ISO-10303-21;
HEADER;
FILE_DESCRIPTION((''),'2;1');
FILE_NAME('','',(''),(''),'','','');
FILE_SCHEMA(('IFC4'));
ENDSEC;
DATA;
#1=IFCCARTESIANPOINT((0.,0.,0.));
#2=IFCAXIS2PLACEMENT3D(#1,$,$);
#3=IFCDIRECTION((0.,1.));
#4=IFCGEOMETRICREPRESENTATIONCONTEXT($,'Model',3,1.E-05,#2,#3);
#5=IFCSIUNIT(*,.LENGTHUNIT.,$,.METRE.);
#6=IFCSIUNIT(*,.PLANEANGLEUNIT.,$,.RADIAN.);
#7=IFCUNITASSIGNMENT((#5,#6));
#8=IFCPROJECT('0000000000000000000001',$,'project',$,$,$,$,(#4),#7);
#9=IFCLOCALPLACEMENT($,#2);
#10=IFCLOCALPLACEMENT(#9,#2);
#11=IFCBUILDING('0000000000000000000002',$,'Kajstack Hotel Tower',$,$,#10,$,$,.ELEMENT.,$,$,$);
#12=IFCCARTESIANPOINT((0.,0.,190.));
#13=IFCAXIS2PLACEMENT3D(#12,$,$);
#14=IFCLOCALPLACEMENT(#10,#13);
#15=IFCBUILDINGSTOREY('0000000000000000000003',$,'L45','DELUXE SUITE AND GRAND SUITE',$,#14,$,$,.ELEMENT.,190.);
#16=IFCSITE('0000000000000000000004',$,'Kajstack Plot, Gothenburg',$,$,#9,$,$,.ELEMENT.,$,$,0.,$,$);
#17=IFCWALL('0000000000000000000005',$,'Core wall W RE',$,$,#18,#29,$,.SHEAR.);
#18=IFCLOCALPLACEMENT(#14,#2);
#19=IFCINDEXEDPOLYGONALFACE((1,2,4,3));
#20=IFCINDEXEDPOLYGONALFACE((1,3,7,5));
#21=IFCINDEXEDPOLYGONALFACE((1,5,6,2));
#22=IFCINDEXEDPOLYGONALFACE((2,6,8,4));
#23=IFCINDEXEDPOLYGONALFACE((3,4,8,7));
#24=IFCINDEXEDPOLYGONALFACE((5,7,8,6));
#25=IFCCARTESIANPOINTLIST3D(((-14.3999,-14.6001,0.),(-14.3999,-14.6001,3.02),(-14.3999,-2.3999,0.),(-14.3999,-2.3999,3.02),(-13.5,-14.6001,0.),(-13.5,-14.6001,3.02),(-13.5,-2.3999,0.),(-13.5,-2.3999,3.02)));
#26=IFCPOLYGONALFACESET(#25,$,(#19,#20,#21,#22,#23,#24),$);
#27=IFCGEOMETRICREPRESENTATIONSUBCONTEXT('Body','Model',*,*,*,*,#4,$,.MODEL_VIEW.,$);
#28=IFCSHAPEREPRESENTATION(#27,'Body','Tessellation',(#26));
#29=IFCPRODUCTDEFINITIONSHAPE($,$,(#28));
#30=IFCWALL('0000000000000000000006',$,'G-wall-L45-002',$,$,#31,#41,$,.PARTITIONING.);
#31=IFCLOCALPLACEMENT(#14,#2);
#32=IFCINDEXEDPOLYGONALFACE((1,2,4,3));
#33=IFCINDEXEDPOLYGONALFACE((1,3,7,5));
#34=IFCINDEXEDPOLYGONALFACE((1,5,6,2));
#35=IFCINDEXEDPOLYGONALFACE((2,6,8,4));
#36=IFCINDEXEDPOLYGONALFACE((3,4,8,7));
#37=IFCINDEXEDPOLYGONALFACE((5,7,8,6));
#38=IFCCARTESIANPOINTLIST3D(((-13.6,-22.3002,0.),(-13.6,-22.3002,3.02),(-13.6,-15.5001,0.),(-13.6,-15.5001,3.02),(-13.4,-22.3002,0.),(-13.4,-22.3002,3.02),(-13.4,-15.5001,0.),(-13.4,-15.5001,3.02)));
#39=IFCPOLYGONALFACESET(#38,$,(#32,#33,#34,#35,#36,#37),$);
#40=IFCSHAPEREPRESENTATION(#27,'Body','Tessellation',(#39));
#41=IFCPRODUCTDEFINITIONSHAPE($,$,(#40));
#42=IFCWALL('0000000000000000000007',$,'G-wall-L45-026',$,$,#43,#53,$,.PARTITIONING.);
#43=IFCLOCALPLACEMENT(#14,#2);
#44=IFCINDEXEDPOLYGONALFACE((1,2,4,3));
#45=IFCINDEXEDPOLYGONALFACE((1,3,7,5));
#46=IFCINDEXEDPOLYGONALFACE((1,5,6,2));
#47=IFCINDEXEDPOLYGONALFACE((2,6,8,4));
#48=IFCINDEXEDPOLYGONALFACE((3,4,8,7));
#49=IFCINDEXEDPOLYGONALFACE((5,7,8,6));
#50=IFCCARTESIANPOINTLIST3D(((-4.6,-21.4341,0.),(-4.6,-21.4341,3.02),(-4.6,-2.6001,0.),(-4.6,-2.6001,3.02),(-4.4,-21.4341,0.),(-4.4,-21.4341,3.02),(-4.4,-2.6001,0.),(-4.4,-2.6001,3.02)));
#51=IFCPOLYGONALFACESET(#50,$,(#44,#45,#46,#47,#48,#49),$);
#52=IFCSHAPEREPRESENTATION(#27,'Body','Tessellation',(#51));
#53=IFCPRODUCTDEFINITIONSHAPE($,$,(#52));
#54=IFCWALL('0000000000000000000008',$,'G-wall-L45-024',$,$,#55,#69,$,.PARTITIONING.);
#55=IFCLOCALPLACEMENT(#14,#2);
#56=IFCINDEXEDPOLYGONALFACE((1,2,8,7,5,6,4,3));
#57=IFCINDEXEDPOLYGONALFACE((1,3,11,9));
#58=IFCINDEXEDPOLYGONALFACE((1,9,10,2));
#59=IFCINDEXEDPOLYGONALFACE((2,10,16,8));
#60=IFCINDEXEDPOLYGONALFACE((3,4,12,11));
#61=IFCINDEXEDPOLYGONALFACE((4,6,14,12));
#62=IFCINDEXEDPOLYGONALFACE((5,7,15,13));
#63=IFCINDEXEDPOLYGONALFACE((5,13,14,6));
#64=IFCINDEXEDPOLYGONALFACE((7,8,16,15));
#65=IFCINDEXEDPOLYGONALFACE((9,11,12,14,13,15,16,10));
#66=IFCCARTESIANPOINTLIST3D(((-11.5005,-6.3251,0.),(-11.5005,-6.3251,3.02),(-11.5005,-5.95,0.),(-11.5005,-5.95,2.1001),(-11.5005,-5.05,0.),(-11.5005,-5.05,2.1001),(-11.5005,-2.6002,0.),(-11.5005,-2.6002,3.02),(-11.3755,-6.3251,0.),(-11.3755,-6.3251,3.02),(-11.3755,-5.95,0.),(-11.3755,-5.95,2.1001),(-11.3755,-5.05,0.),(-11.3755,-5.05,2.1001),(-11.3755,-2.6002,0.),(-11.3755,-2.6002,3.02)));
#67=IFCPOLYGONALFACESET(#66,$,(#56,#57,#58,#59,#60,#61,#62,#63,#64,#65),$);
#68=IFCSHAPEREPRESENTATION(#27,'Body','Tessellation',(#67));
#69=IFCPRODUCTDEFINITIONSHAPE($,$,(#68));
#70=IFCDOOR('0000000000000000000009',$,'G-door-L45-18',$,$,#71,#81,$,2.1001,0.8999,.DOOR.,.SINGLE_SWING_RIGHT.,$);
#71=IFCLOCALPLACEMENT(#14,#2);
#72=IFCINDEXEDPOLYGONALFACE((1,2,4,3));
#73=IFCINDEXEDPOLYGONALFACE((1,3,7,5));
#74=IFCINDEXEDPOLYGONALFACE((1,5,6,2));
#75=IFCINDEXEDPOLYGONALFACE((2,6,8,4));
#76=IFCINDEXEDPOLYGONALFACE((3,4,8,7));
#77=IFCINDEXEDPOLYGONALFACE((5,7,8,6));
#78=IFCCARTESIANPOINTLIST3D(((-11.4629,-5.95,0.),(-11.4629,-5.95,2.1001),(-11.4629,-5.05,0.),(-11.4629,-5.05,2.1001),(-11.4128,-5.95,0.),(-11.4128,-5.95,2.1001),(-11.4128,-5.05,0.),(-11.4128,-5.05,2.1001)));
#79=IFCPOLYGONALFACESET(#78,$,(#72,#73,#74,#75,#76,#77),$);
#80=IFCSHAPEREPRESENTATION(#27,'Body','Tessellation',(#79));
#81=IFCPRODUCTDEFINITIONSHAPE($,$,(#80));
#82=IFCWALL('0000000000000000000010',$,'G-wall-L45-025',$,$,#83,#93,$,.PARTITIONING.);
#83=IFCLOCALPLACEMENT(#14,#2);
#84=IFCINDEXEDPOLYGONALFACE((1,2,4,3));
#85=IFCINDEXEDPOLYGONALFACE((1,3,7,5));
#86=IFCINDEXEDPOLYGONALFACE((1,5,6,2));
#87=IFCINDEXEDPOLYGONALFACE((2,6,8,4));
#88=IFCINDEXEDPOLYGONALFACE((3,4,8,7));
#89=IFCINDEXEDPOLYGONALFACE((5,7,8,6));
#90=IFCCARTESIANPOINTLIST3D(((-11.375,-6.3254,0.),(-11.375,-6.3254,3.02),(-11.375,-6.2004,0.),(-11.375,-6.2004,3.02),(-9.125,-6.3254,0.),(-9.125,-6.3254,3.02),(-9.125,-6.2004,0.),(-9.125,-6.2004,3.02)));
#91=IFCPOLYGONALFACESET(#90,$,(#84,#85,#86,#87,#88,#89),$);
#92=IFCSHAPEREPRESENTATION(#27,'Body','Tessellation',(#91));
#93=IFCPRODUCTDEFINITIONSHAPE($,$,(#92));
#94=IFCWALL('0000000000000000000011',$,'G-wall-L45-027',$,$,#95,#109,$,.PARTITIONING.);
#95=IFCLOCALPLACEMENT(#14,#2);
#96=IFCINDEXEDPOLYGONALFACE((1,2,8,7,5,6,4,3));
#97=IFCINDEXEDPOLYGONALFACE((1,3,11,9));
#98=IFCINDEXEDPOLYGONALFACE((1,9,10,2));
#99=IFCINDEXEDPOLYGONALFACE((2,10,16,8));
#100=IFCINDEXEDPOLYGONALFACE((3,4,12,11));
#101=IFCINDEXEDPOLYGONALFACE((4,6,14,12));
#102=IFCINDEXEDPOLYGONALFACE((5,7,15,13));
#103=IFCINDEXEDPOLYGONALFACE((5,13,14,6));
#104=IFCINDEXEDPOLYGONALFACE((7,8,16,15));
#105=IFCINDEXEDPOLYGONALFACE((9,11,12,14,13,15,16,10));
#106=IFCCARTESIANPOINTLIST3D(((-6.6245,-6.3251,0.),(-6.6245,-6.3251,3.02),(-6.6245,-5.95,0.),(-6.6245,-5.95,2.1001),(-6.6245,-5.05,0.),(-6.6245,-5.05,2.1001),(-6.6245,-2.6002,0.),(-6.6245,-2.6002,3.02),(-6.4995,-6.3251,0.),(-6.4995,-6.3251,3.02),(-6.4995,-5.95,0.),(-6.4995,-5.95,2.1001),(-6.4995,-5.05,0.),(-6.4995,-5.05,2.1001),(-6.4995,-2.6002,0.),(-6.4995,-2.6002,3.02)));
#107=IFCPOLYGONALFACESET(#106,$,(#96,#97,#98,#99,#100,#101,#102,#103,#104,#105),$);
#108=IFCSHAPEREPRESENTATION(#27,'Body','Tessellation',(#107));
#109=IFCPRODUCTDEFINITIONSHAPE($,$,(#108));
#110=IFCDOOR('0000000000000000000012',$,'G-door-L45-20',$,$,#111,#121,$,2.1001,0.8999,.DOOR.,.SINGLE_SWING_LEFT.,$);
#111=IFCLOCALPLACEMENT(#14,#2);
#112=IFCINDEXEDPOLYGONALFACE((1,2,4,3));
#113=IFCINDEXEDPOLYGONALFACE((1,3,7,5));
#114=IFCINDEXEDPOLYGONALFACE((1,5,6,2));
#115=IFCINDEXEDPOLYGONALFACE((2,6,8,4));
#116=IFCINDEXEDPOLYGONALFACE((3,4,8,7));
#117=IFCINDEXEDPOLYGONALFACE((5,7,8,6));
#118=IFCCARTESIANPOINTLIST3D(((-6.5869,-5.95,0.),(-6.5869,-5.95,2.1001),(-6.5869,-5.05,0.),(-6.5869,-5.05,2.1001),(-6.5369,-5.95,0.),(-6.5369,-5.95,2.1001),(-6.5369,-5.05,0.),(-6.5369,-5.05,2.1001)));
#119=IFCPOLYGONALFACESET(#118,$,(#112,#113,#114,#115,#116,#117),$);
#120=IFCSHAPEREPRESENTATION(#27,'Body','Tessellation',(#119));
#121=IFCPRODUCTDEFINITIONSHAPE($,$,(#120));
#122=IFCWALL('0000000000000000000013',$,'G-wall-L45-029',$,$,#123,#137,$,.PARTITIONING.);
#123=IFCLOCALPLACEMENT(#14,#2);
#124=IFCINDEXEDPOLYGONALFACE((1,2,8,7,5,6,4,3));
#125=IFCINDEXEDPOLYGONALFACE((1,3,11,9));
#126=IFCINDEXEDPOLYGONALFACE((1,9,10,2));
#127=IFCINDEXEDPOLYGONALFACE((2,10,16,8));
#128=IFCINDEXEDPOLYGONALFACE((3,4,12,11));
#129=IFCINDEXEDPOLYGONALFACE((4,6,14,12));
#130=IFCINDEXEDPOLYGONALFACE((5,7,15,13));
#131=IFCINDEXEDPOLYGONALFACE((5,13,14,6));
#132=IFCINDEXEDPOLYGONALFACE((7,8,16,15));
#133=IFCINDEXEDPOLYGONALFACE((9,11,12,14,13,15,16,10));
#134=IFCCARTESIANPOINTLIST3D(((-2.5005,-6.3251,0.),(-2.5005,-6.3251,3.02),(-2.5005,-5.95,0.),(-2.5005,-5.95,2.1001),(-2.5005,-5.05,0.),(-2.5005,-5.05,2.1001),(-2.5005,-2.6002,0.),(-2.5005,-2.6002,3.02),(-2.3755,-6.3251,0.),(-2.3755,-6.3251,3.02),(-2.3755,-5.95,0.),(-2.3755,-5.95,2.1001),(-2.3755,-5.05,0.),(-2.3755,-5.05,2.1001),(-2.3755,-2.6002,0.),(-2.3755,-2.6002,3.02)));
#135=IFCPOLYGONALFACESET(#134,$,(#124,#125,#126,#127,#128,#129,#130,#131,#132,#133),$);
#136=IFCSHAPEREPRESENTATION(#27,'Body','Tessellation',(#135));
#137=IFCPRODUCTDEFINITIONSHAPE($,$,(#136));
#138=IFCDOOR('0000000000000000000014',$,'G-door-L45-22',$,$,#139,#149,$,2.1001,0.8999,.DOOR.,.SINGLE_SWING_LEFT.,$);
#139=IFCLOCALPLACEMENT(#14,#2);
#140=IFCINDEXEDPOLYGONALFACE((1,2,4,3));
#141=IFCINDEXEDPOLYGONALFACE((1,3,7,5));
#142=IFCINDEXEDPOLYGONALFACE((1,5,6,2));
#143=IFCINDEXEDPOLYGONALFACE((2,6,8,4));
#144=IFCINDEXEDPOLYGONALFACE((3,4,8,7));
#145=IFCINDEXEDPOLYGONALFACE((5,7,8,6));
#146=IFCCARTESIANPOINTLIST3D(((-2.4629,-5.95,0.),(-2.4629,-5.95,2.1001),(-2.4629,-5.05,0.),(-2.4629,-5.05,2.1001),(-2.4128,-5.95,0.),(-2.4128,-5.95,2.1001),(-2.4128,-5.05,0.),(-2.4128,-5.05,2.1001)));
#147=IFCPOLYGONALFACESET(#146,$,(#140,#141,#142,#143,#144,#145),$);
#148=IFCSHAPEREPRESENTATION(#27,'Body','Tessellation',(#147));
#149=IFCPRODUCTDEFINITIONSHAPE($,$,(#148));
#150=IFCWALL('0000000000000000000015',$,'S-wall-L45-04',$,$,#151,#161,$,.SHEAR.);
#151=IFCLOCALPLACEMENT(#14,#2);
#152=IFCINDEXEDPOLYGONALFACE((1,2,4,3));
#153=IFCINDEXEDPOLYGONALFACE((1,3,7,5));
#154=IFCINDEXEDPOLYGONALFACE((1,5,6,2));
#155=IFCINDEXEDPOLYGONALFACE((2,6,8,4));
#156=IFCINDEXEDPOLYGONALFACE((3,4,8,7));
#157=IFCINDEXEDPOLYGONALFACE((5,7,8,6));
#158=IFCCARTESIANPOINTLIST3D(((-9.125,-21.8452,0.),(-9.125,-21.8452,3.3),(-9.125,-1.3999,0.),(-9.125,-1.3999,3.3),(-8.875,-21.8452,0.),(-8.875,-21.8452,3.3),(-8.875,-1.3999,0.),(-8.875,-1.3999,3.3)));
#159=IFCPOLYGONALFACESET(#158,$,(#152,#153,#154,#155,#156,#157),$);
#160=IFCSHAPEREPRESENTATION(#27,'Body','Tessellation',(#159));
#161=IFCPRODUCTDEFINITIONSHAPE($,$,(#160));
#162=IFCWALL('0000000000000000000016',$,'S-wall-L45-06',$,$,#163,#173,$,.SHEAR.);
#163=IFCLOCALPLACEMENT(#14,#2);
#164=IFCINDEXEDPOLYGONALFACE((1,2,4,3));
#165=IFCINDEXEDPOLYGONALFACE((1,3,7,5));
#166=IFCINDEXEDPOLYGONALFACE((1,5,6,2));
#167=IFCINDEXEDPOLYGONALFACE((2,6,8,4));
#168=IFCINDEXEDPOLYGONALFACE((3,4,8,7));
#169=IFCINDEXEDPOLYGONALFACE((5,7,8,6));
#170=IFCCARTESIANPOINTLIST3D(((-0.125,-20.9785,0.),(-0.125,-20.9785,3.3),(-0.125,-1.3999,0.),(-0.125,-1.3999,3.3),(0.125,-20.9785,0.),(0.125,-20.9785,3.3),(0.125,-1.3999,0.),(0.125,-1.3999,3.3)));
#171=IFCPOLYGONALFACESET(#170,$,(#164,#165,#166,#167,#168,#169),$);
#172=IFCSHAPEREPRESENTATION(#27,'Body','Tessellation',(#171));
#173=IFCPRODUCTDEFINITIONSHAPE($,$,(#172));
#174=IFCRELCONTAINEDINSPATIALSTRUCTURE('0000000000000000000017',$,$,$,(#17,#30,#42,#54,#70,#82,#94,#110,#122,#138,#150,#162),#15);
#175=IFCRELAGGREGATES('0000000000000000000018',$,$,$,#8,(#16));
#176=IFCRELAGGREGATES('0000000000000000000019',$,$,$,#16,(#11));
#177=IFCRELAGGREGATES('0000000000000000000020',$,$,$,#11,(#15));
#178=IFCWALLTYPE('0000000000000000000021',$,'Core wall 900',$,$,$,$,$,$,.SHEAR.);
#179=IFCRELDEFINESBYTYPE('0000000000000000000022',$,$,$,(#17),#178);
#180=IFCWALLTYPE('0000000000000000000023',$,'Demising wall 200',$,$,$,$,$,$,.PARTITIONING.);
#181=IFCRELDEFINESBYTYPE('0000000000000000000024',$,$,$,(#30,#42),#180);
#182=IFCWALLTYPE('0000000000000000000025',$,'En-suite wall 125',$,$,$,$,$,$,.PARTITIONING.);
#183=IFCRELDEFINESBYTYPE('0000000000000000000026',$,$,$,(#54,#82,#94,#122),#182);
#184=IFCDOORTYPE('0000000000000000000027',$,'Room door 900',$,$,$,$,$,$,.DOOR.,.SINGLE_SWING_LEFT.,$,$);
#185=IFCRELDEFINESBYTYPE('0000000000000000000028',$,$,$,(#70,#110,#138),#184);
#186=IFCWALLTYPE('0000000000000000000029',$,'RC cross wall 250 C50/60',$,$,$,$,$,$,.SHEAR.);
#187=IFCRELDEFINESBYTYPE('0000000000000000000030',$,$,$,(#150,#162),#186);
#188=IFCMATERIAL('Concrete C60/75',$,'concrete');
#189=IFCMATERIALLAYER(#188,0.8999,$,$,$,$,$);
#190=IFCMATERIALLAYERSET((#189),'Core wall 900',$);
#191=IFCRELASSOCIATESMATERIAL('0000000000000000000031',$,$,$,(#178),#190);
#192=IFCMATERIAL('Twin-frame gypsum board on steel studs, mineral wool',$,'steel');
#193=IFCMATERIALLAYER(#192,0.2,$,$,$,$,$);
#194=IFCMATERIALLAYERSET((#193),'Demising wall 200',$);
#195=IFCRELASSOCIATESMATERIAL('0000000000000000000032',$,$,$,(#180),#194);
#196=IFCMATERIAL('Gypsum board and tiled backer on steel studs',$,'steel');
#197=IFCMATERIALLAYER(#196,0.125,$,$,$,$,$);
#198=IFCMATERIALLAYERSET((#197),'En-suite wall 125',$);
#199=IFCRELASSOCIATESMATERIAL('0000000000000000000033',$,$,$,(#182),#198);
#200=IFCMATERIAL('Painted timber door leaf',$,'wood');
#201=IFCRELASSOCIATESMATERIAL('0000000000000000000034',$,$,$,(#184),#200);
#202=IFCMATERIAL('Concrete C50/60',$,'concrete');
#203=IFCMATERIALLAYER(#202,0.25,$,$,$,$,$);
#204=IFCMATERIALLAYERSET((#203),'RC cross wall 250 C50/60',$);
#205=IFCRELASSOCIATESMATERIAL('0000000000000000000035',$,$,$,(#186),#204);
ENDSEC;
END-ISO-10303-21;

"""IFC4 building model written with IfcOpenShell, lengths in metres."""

from ifc_helpers import new_model, si_unit, direction, frame, frame_2d, origin, place, context, subcontext, project, spatial, rectangle, extrude, material, layer, layer_set, type_object, element, fill, save


model = new_model("IFC4")

# Units and contexts
model_context = context("Model", 3, precision=1e-05, world=origin(), true_north=direction((0.0, 1.0)))
body_context = subcontext(model_context, "Body", "Model", "MODEL_VIEW")
ifc_project = project(units=[si_unit("LENGTHUNIT", "METRE"), si_unit("PLANEANGLEUNIT", "RADIAN")], contexts=[model_context])

# Site, building, storey
site_placement = place(None, origin())
site = spatial("IfcSite", under=ifc_project, at=site_placement, Name="Kajstack Plot, Gothenburg", CompositionType="ELEMENT", RefElevation=0.0)
building_placement = place(site_placement, origin())
building = spatial("IfcBuilding", under=site, at=building_placement, Name="Kajstack Hotel Tower", CompositionType="ELEMENT")
storey_placement = place(building_placement, frame((0.0, 0.0, 190.0)))
storey = spatial("IfcBuildingStorey", under=building, at=storey_placement, Name="L45", Description="DELUXE SUITE AND GRAND SUITE", CompositionType="ELEMENT", Elevation=190.0)

# Walls
ifc_material_1 = material(Name="Concrete C60/75", Category="concrete")
ifc_layer_1 = layer(ifc_material_1, 0.8999)
ifc_layer_set_1 = layer_set([ifc_layer_1], Name="Core wall 900")
wall_type_1 = type_object("IfcWallType", Name="Core wall 900", PredefinedType="SHEAR", material=ifc_layer_set_1)
wall_1_placement = place(storey_placement, frame((-13.95, -14.6001, 0.0), z_axis=(0.0, 0.0, 1.0), x_axis=(0.0, 1.0, 0.0)))
element("IfcWall", 1, at=wall_1_placement, inside=storey, type_object=wall_type_1, Name="Core wall W RE", PredefinedType="SHEAR", context=body_context, shape_type="SweptSolid", body=[
    extrude(rectangle(XDim=12.2002, YDim=0.8999, at=frame_2d((6.1001, 0.0))), origin(), (0.0, 0.0, 1.0), 3.02),
])
ifc_material_2 = material(Name="Twin-frame gypsum board on steel studs, mineral wool", Category="steel")
ifc_layer_2 = layer(ifc_material_2, 0.2)
ifc_layer_set_2 = layer_set([ifc_layer_2], Name="Demising wall 200")
wall_type_2 = type_object("IfcWallType", Name="Demising wall 200", PredefinedType="PARTITIONING", material=ifc_layer_set_2)
wall_2_placement = place(storey_placement, frame((-13.5, -22.3, 0.0), z_axis=(0.0, 0.0, 1.0), x_axis=(0.0, 1.0, 0.0)))
element("IfcWall", 2, at=wall_2_placement, inside=storey, type_object=wall_type_2, Name="G-wall-L45-002", PredefinedType="PARTITIONING", context=body_context, shape_type="SweptSolid", body=[
    extrude(rectangle(XDim=6.8, YDim=0.2, at=frame_2d((3.3999, 0.0))), origin(), (0.0, 0.0, 1.0), 3.02),
])
wall_3_placement = place(storey_placement, frame((-4.5, -21.4341, 0.0), z_axis=(0.0, 0.0, 1.0), x_axis=(0.0, 1.0, 0.0)))
element("IfcWall", 3, at=wall_3_placement, inside=storey, type_object=wall_type_2, Name="G-wall-L45-026", PredefinedType="PARTITIONING", context=body_context, shape_type="SweptSolid", body=[
    extrude(rectangle(XDim=18.834, YDim=0.2, at=frame_2d((9.417, 0.0))), origin(), (0.0, 0.0, 1.0), 3.02),
])

# Wall, opening, door
ifc_material_3 = material(Name="Gypsum board and tiled backer on steel studs", Category="steel")
ifc_layer_3 = layer(ifc_material_3, 0.125)
ifc_layer_set_3 = layer_set([ifc_layer_3], Name="En-suite wall 125")
wall_type_3 = type_object("IfcWallType", Name="En-suite wall 125", PredefinedType="PARTITIONING", material=ifc_layer_set_3)
wall_4_placement = place(storey_placement, frame((-11.438, -6.325, 0.0), z_axis=(0.0, 0.0, 1.0), x_axis=(0.0, 1.0, 0.0)))
wall_4 = element("IfcWall", 4, at=wall_4_placement, inside=storey, type_object=wall_type_3, Name="G-wall-L45-024", PredefinedType="PARTITIONING", context=body_context, shape_type="SweptSolid", body=[
    extrude(rectangle(XDim=3.7249, YDim=0.125, at=frame_2d((1.8623, 0.0))), origin(), (0.0, 0.0, 1.0), 3.02),
])
opening_1_placement = place(wall_4_placement, frame((0.375, 0.0, 0.0)))
opening_1 = element("IfcOpeningElement", 5, at=opening_1_placement, cuts=wall_4, PredefinedType="OPENING", context=body_context, shape_type="SweptSolid", body=[
    extrude(rectangle(XDim=0.8999, YDim=2.1001, at=frame_2d((0.45, 1.05))), frame((0.0, 0.0725, 0.0), z_axis=(0.0, -1.0, 0.0), x_axis=(1.0, 0.0, 0.0)), (0.0, 0.0, 1.0), 0.145),
])
ifc_material_4 = material(Name="Painted timber door leaf", Category="wood")
door_type = type_object("IfcDoorType", Name="Room door 900", OperationType="SINGLE_SWING_LEFT", PredefinedType="DOOR", material=ifc_material_4)
door_1_placement = place(opening_1_placement, origin())
door_1 = element("IfcDoor", 6, at=door_1_placement, inside=storey, type_object=door_type, Name="G-door-L45-18", OperationType="SINGLE_SWING_RIGHT", OverallHeight=2.1001, OverallWidth=0.8999, PredefinedType="DOOR", context=body_context, shape_type="SweptSolid", body=[
    extrude(rectangle(XDim=0.8999, YDim=2.1001, at=frame_2d((0.45, 1.05))), frame((0.0, 0.0249, 0.0), z_axis=(0.0, -1.0, 0.0), x_axis=(1.0, 0.0, 0.0)), (0.0, 0.0, 1.0), 0.05),
])
fill(opening_1, door_1)

# Wall
wall_5_placement = place(storey_placement, frame((-11.375, -6.2629, 0.0), z_axis=(0.0, 0.0, 1.0), x_axis=(1.0, 0.0, 0.0)))
element("IfcWall", 7, at=wall_5_placement, inside=storey, type_object=wall_type_3, Name="G-wall-L45-025", PredefinedType="PARTITIONING", context=body_context, shape_type="SweptSolid", body=[
    extrude(rectangle(XDim=2.25, YDim=0.125, at=frame_2d((1.125, 0.0))), origin(), (0.0, 0.0, 1.0), 3.02),
])

# Walls, openings, doors
wall_6_placement = place(storey_placement, frame((-6.562, -6.325, 0.0), z_axis=(0.0, 0.0, 1.0), x_axis=(0.0, 1.0, 0.0)))
wall_6 = element("IfcWall", 8, at=wall_6_placement, inside=storey, type_object=wall_type_3, Name="G-wall-L45-027", PredefinedType="PARTITIONING", context=body_context, shape_type="SweptSolid", body=[
    extrude(rectangle(XDim=3.7249, YDim=0.125, at=frame_2d((1.8623, 0.0))), origin(), (0.0, 0.0, 1.0), 3.02),
])
opening_2_placement = place(wall_6_placement, frame((0.375, 0.0, 0.0)))
opening_2 = element("IfcOpeningElement", 9, at=opening_2_placement, cuts=wall_6, PredefinedType="OPENING", context=body_context, shape_type="SweptSolid", body=[
    extrude(rectangle(XDim=0.8999, YDim=2.1001, at=frame_2d((0.45, 1.05))), frame((0.0, 0.0725, 0.0), z_axis=(0.0, -1.0, 0.0), x_axis=(1.0, 0.0, 0.0)), (0.0, 0.0, 1.0), 0.145),
])
door_2_placement = place(opening_2_placement, origin())
door_2 = element("IfcDoor", 10, at=door_2_placement, inside=storey, type_object=door_type, Name="G-door-L45-20", OperationType="SINGLE_SWING_LEFT", OverallHeight=2.1001, OverallWidth=0.8999, PredefinedType="DOOR", context=body_context, shape_type="SweptSolid", body=[
    extrude(rectangle(XDim=0.8999, YDim=2.1001, at=frame_2d((0.45, 1.05))), frame((0.0, 0.0249, 0.0), z_axis=(0.0, -1.0, 0.0), x_axis=(1.0, 0.0, 0.0)), (0.0, 0.0, 1.0), 0.05),
])
fill(opening_2, door_2)
wall_7_placement = place(storey_placement, frame((-2.438, -6.325, 0.0), z_axis=(0.0, 0.0, 1.0), x_axis=(0.0, 1.0, 0.0)))
wall_7 = element("IfcWall", 11, at=wall_7_placement, inside=storey, type_object=wall_type_3, Name="G-wall-L45-029", PredefinedType="PARTITIONING", context=body_context, shape_type="SweptSolid", body=[
    extrude(rectangle(XDim=3.7249, YDim=0.125, at=frame_2d((1.8623, 0.0))), origin(), (0.0, 0.0, 1.0), 3.02),
])
opening_3_placement = place(wall_7_placement, frame((0.375, 0.0, 0.0)))
opening_3 = element("IfcOpeningElement", 12, at=opening_3_placement, cuts=wall_7, PredefinedType="OPENING", context=body_context, shape_type="SweptSolid", body=[
    extrude(rectangle(XDim=0.8999, YDim=2.1001, at=frame_2d((0.45, 1.05))), frame((0.0, 0.0725, 0.0), z_axis=(0.0, -1.0, 0.0), x_axis=(1.0, 0.0, 0.0)), (0.0, 0.0, 1.0), 0.145),
])
door_3_placement = place(opening_3_placement, origin())
door_3 = element("IfcDoor", 13, at=door_3_placement, inside=storey, type_object=door_type, Name="G-door-L45-22", OperationType="SINGLE_SWING_LEFT", OverallHeight=2.1001, OverallWidth=0.8999, PredefinedType="DOOR", context=body_context, shape_type="SweptSolid", body=[
    extrude(rectangle(XDim=0.8999, YDim=2.1001, at=frame_2d((0.45, 1.05))), frame((0.0, 0.0249, 0.0), z_axis=(0.0, -1.0, 0.0), x_axis=(1.0, 0.0, 0.0)), (0.0, 0.0, 1.0), 0.05),
])
fill(opening_3, door_3)

# Walls
ifc_material_5 = material(Name="Concrete C50/60", Category="concrete")
ifc_layer_4 = layer(ifc_material_5, 0.25)
ifc_layer_set_4 = layer_set([ifc_layer_4], Name="RC cross wall 250 C50/60")
wall_type_4 = type_object("IfcWallType", Name="RC cross wall 250 C50/60", PredefinedType="SHEAR", material=ifc_layer_set_4)
wall_8_placement = place(storey_placement, frame((-9.0, -21.8452, 0.0), z_axis=(0.0, 0.0, 1.0), x_axis=(0.0, 1.0, 0.0)))
element("IfcWall", 14, at=wall_8_placement, inside=storey, type_object=wall_type_4, Name="S-wall-L45-04", PredefinedType="SHEAR", context=body_context, shape_type="SweptSolid", body=[
    extrude(rectangle(XDim=20.4453, YDim=0.25, at=frame_2d((10.2227, 0.0))), origin(), (0.0, 0.0, 1.0), 3.3),
])
wall_9_placement = place(storey_placement, frame((0.0, -20.9785, 0.0), z_axis=(0.0, 0.0, 1.0), x_axis=(0.0, 1.0, 0.0)))
element("IfcWall", 15, at=wall_9_placement, inside=storey, type_object=wall_type_4, Name="S-wall-L45-06", PredefinedType="SHEAR", context=body_context, shape_type="SweptSolid", body=[
    extrude(rectangle(XDim=19.5786, YDim=0.25, at=frame_2d((9.7893, 0.0))), origin(), (0.0, 0.0, 1.0), 3.3),
])

save(model, "model.ifc")
